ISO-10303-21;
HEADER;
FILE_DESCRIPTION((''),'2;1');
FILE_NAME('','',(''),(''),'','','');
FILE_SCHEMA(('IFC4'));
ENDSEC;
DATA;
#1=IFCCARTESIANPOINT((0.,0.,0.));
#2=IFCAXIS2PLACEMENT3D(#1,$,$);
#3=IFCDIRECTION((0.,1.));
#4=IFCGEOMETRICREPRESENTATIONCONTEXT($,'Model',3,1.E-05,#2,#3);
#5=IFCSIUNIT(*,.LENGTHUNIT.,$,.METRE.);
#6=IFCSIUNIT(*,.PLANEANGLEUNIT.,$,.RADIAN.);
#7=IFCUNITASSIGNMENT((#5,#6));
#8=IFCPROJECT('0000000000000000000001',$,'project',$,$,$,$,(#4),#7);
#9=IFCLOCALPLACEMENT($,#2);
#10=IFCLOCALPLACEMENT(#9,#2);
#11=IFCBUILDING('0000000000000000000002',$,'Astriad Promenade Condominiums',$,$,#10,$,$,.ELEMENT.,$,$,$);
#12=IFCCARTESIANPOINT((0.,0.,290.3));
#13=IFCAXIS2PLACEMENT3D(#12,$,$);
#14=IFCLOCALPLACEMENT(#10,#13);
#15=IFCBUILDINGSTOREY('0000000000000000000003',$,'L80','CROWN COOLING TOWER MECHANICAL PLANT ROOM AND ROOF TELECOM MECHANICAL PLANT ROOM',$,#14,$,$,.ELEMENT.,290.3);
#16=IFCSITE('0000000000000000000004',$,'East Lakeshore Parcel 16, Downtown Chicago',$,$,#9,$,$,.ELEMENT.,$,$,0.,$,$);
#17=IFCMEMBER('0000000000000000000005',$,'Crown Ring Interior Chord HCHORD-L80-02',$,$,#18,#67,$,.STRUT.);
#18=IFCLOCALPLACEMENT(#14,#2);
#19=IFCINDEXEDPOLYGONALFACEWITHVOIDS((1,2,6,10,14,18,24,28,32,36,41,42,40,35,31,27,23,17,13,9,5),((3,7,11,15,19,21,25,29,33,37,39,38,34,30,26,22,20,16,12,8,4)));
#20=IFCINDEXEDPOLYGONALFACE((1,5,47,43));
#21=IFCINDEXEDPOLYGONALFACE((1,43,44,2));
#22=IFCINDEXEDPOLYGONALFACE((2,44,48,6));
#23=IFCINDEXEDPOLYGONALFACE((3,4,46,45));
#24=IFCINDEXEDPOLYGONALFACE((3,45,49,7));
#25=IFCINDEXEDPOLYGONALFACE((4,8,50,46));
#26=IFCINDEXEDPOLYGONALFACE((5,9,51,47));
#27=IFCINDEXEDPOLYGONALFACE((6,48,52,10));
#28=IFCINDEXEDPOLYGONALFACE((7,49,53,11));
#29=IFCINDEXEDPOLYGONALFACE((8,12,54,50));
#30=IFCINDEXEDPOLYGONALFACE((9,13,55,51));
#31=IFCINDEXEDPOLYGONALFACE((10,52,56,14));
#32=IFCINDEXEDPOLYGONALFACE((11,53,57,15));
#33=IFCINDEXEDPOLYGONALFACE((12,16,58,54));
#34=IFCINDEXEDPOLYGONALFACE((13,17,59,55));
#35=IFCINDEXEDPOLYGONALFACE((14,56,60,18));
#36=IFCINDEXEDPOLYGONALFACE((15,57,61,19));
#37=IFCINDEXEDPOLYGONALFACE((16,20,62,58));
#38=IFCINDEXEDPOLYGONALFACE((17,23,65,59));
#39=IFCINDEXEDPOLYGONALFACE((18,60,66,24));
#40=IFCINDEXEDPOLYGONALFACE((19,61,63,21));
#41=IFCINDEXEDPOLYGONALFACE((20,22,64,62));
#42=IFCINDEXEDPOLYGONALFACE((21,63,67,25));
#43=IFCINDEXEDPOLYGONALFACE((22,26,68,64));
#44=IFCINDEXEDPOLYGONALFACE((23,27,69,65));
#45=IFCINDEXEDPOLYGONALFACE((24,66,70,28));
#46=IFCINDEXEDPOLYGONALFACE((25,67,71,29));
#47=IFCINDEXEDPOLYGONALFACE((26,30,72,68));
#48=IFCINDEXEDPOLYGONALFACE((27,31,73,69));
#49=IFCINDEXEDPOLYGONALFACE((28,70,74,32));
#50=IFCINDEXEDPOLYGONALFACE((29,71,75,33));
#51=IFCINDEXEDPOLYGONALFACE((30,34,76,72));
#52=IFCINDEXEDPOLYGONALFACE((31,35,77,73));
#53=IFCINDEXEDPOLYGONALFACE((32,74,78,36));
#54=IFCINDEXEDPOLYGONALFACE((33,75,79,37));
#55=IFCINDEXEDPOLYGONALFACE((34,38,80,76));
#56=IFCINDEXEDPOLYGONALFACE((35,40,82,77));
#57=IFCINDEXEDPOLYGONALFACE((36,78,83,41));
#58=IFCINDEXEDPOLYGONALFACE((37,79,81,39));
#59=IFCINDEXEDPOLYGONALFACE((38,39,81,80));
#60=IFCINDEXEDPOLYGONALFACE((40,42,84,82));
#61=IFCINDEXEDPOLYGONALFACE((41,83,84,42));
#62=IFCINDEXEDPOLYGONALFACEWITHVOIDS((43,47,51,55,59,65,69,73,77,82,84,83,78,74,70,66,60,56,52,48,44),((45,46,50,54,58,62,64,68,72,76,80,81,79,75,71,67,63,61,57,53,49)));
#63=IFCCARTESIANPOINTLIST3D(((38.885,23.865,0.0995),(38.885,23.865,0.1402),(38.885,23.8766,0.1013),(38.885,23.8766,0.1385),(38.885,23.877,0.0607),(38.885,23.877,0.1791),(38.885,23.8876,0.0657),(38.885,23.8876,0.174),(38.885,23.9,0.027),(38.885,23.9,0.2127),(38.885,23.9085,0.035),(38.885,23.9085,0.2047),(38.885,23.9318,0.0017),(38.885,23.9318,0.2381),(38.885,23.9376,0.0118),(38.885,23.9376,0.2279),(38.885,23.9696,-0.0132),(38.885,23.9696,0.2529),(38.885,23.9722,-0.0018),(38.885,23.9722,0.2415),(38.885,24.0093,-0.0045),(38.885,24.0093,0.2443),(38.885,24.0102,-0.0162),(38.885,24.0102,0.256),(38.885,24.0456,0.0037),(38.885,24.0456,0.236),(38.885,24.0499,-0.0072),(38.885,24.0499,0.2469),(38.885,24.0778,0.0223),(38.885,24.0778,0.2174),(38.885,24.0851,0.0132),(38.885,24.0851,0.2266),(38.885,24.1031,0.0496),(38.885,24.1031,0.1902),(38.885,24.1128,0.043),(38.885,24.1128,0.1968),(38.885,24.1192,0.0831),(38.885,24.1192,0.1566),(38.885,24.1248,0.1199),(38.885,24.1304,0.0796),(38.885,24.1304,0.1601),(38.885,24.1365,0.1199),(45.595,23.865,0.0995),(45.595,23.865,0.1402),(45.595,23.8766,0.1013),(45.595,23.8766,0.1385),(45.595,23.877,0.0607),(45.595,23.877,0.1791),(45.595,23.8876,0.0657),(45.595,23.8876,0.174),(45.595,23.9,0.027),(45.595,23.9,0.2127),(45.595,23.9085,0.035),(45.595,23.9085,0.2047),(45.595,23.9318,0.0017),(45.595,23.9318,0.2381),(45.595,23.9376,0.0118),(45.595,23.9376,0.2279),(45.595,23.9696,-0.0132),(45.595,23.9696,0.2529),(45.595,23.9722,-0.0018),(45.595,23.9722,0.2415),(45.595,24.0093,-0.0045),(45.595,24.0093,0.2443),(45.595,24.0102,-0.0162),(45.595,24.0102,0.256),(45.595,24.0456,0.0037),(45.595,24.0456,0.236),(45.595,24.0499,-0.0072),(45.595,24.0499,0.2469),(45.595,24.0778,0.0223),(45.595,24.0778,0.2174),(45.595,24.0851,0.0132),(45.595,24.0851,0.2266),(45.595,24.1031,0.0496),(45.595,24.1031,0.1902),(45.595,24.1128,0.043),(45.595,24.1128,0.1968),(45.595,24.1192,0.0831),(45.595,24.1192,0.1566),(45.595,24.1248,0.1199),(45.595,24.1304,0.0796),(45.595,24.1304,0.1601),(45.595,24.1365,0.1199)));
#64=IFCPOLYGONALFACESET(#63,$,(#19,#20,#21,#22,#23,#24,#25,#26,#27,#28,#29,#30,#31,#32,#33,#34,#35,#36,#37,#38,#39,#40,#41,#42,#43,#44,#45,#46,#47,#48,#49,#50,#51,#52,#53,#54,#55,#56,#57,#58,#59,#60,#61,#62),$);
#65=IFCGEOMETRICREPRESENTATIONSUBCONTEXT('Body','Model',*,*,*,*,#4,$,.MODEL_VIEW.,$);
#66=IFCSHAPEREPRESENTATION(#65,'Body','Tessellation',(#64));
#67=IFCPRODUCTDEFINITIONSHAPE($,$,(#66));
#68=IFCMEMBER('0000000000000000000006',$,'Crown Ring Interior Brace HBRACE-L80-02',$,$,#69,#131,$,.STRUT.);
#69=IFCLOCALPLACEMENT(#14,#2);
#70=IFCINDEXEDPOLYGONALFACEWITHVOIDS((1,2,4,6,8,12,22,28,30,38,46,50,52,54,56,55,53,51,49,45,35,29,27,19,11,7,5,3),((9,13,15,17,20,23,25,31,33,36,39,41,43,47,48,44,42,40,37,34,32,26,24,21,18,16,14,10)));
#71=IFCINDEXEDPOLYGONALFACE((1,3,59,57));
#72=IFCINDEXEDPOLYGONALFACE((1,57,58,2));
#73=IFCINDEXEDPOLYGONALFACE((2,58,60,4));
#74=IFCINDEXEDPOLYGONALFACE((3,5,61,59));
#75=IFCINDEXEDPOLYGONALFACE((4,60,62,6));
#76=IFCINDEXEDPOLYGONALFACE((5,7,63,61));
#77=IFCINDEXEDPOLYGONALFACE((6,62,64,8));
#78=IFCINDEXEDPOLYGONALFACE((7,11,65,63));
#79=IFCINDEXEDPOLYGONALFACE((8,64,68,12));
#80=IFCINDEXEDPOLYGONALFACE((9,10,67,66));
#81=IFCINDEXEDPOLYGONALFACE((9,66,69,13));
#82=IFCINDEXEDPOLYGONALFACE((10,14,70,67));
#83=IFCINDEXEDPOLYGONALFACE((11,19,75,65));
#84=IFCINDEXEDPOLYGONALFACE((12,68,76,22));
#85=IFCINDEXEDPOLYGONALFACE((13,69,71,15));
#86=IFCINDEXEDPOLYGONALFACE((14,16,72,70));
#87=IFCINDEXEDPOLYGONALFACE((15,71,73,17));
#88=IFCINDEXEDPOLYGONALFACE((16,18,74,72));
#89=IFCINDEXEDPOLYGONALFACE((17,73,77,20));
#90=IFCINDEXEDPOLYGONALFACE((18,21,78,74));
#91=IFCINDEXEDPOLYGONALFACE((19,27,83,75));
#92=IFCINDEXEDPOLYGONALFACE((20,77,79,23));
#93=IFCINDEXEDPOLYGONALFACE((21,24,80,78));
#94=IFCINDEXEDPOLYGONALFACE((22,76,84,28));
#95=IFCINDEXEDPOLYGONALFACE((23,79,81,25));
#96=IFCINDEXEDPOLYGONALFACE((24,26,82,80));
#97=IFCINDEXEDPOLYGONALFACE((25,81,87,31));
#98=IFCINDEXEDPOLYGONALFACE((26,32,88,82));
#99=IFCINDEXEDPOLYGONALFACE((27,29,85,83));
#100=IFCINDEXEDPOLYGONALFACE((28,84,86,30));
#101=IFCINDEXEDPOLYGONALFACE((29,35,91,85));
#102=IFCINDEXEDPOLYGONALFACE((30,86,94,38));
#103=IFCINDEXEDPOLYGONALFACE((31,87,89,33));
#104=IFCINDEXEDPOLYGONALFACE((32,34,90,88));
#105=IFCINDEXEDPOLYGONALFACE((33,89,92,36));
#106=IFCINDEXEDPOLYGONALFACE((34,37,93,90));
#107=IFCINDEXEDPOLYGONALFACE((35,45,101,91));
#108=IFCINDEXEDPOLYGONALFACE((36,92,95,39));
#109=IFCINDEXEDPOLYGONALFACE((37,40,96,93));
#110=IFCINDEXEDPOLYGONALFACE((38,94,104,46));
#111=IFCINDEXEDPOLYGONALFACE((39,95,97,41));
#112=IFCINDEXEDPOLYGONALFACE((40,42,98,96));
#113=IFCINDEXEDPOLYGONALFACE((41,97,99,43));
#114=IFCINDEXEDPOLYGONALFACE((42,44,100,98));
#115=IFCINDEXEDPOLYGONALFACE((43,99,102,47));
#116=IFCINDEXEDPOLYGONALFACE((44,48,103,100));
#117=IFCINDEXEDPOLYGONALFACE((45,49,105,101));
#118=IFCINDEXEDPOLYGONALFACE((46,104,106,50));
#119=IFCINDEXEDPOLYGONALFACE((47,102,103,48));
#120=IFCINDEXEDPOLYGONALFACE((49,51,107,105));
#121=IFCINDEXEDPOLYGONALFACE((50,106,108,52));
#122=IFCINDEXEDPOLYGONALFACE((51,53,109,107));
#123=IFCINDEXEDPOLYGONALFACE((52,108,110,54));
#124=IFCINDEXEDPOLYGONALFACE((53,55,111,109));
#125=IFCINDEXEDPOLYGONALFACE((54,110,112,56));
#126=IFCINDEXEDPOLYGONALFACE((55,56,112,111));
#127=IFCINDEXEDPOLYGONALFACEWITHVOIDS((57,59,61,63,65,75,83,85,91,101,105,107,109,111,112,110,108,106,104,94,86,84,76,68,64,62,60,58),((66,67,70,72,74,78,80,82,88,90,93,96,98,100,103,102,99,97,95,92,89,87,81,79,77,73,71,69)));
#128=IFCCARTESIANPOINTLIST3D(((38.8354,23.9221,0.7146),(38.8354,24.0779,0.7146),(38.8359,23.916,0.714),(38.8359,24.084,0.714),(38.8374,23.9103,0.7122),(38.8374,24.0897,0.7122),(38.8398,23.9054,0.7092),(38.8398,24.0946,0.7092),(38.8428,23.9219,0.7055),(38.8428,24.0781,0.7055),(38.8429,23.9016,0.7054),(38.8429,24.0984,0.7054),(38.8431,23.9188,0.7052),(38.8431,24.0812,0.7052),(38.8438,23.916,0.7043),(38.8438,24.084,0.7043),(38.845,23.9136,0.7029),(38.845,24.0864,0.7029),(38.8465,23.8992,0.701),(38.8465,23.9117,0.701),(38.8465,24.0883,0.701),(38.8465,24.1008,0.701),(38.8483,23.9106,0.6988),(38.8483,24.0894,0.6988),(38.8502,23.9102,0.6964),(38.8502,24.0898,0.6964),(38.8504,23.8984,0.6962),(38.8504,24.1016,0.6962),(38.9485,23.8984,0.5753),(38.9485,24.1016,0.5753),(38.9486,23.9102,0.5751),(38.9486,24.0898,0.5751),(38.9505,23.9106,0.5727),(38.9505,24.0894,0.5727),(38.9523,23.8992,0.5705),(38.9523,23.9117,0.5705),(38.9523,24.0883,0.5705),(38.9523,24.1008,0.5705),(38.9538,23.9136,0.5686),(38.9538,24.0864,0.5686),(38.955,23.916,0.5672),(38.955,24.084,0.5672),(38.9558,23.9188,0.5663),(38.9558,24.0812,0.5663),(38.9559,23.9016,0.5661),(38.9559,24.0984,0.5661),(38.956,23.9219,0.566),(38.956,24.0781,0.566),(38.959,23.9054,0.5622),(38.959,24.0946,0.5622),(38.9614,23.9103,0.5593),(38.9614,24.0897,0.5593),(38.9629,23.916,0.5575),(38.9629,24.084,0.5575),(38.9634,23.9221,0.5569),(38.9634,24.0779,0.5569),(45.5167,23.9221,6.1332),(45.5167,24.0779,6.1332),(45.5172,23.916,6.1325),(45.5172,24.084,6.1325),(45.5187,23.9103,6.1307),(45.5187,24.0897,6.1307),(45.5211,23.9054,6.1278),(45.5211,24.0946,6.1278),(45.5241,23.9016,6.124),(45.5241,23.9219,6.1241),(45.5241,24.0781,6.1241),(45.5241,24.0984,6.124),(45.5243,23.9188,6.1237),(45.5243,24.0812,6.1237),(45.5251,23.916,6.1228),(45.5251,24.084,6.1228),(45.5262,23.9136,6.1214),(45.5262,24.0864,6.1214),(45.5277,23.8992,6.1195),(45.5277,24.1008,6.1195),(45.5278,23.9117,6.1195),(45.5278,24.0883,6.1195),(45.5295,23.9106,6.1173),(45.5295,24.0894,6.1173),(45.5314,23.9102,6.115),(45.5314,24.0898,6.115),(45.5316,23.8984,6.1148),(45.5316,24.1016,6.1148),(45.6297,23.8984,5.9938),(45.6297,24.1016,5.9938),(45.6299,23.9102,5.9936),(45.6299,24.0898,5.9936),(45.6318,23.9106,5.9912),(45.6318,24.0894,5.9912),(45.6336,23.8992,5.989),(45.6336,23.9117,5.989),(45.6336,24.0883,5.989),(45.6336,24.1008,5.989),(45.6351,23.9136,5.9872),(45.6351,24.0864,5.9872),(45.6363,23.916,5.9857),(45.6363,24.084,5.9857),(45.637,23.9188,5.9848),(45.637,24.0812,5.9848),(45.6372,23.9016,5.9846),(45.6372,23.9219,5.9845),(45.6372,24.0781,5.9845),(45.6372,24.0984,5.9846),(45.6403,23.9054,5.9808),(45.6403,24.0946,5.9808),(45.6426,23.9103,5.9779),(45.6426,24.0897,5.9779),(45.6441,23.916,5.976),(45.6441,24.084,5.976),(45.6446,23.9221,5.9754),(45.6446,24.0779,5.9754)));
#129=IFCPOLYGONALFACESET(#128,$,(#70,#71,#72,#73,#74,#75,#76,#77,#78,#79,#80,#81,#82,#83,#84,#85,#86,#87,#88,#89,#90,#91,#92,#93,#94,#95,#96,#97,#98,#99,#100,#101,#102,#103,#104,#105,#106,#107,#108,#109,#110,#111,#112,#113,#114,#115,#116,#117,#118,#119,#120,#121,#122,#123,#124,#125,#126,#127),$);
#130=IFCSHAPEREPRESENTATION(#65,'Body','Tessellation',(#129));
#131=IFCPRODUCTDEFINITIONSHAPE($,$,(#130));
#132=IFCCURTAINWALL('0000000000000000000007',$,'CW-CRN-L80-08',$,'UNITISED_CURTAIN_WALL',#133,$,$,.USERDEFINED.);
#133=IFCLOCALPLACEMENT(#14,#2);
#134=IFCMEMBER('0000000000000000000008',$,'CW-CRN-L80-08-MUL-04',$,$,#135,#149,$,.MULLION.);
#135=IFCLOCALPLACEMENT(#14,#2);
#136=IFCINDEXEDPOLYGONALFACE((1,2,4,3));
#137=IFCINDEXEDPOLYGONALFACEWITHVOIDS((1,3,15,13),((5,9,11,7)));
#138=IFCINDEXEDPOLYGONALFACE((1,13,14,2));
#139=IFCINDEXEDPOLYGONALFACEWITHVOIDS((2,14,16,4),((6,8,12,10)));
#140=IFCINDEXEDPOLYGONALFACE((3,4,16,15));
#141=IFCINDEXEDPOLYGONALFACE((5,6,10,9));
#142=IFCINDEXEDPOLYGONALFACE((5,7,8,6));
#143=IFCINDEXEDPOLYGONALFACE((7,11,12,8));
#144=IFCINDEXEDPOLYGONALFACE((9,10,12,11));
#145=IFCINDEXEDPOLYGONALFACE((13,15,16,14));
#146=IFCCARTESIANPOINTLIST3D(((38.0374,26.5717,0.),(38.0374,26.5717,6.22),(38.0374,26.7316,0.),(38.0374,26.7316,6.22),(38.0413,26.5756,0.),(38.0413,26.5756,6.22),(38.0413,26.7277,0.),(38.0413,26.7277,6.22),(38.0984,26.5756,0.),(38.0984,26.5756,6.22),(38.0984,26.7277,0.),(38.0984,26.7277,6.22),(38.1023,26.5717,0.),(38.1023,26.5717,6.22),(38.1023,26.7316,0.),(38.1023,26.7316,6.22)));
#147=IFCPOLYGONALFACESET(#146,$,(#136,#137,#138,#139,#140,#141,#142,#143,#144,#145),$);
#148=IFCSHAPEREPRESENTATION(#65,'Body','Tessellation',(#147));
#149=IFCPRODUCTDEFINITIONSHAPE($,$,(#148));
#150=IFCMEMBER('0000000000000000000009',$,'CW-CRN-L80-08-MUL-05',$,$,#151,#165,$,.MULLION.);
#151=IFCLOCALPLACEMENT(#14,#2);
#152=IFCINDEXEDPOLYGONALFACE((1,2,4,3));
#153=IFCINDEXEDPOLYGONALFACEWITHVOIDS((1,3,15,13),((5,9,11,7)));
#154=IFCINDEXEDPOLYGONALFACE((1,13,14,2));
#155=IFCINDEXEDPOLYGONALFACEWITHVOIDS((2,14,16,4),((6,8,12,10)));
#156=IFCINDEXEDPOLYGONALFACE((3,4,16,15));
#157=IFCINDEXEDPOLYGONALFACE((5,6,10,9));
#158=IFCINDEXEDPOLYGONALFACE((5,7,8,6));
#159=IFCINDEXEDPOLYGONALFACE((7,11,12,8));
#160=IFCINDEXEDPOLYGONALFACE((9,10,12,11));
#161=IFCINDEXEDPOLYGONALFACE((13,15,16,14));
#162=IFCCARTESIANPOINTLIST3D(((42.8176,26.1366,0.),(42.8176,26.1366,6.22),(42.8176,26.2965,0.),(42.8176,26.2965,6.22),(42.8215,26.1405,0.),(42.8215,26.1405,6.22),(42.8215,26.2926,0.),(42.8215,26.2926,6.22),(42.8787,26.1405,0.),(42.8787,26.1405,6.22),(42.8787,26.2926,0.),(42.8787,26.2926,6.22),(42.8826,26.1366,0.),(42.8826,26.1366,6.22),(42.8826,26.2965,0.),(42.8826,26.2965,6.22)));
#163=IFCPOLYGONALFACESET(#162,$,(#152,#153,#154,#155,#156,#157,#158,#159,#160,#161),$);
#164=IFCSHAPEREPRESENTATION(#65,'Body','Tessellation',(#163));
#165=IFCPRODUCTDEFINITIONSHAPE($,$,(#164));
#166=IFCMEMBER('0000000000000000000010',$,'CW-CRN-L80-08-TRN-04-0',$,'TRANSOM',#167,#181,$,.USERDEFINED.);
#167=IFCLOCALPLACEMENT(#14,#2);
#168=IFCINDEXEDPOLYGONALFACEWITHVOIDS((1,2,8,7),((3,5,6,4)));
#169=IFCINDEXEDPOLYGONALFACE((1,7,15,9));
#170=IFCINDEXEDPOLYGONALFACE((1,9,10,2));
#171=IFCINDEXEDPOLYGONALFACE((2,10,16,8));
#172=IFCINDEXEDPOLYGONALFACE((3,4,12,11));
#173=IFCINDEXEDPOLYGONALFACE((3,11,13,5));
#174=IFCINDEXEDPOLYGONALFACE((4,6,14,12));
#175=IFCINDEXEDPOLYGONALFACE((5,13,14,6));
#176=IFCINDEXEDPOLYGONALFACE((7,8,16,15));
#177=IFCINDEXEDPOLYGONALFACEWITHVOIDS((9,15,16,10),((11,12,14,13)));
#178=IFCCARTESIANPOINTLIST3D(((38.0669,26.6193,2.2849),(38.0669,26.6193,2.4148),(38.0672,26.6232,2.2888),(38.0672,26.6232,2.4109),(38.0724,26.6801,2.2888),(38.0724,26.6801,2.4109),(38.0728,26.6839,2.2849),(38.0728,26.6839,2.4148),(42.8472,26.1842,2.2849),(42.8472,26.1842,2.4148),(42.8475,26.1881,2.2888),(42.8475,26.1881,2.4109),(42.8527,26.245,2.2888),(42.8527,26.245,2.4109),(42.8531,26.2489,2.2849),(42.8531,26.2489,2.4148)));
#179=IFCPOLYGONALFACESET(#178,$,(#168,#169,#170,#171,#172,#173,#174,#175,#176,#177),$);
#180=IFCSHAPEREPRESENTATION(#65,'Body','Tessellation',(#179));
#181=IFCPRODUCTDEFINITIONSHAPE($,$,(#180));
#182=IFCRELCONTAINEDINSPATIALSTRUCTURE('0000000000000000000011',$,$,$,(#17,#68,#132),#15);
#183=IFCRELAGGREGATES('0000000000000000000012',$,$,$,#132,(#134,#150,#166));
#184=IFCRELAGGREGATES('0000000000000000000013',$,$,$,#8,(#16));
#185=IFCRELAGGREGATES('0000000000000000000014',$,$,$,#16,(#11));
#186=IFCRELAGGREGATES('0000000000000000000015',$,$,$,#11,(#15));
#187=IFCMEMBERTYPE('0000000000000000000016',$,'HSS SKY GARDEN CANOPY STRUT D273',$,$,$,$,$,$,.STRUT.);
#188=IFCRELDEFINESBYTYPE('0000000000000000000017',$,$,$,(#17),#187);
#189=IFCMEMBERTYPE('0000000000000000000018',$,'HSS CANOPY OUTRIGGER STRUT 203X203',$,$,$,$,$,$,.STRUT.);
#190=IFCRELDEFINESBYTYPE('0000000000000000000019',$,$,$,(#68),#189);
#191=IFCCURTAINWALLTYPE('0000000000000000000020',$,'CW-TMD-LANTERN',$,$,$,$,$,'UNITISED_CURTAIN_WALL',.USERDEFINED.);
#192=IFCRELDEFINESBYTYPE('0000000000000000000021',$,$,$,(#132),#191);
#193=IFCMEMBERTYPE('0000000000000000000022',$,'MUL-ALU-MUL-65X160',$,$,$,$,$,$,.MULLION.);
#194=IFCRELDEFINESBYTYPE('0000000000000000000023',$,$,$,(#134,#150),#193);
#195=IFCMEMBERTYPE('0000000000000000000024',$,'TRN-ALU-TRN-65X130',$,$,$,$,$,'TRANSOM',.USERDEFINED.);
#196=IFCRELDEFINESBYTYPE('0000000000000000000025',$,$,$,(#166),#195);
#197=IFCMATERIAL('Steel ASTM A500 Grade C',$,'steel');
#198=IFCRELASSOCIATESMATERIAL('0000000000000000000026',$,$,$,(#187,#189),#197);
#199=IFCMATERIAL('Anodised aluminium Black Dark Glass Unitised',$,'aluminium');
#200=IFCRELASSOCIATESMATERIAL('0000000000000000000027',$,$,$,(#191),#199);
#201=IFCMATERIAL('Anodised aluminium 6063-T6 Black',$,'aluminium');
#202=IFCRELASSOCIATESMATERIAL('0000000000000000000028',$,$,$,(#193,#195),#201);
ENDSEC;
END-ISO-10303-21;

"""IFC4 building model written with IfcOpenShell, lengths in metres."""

from ifc_helpers import new_model, si_unit, direction, frame, origin, origin_2d, place, context, subcontext, project, spatial, hollow_rectangle, hollow_circle, extrude, source, transform, mapped, material, material_profile, profile_set, type_object, type_shapes, element, aggregate, save


model = new_model("IFC4")

# Units and contexts
model_context = context("Model", 3, precision=1e-05, world=origin(), true_north=direction((0.0, 1.0)))
body_context = subcontext(model_context, "Body", "Model", "MODEL_VIEW")
ifc_project = project(units=[si_unit("LENGTHUNIT", "METRE"), si_unit("PLANEANGLEUNIT", "RADIAN")], contexts=[model_context])

# Site, building, storey
site_placement = place(None, origin())
site = spatial("IfcSite", under=ifc_project, at=site_placement, Name="East Lakeshore Parcel 16, Downtown Chicago", CompositionType="ELEMENT", RefElevation=0.0)
building_placement = place(site_placement, origin())
building = spatial("IfcBuilding", under=site, at=building_placement, Name="Astriad Promenade Condominiums", CompositionType="ELEMENT")
storey_placement = place(building_placement, frame((0.0, 0.0, 290.3)))
storey = spatial("IfcBuildingStorey", under=building, at=storey_placement, Name="L80", Description="CROWN COOLING TOWER MECHANICAL PLANT ROOM AND ROOF TELECOM MECHANICAL PLANT ROOM", CompositionType="ELEMENT", Elevation=290.3)

# Members
ifc_material_1 = material(Name="Steel ASTM A500 Grade C", Category="steel")
ifc_material_profile_1 = material_profile(ifc_material_1, hollow_circle(Radius=0.1365, WallThickness=0.0117, at=origin_2d()), Name="HSS273.1X12.7")
ifc_profile_set_1 = profile_set([ifc_material_profile_1], Name="Steel ASTM A500 Grade C")
member_type_1 = type_object("IfcMemberType", Name="HSS SKY GARDEN CANOPY STRUT D273", PredefinedType="STRUT", material=ifc_profile_set_1)
shared_shape_1 = source(origin(), body_context, "Body", "SweptSolid", [
    extrude(hollow_circle(Radius=0.1365, WallThickness=0.0117, at=origin_2d()), origin(), (0.0, 0.0, 1.0), 6.71),
])
type_shapes(member_type_1, [shared_shape_1])
member_1_placement = place(storey_placement, frame((38.885, 24.0, 0.1199), z_axis=(1.0, 0.0, 0.0), x_axis=(0.0, 1.0, 0.0)))
element("IfcMember", 1, at=member_1_placement, inside=storey, type_object=member_type_1, Name="Crown Ring Interior Chord HCHORD-L80-02", PredefinedType="STRUT", context=body_context, shape_type="MappedRepresentation", body=[
    mapped(shared_shape_1, transform((0.0, 0.0, 0.0), scale=1.0)),
])
ifc_material_profile_2 = material_profile(ifc_material_1, hollow_rectangle(XDim=0.2031, YDim=0.2031, WallThickness=0.0117, InnerFilletRadius=0.0117, OuterFilletRadius=0.0237, at=origin_2d()), Name="HSS203X203X12.7")
ifc_profile_set_2 = profile_set([ifc_material_profile_2], Name="Steel ASTM A500 Grade C")
member_type_2 = type_object("IfcMemberType", Name="HSS CANOPY OUTRIGGER STRUT 203X203", PredefinedType="STRUT", material=ifc_profile_set_2)
shared_shape_2 = source(origin(), body_context, "Body", "SweptSolid", [
    extrude(hollow_rectangle(XDim=0.2031, YDim=0.2031, WallThickness=0.0117, InnerFilletRadius=0.0117, OuterFilletRadius=0.0237, at=origin_2d()), origin(), (0.0, 0.0, 1.0), 8.6023),
])
type_shapes(member_type_2, [shared_shape_2])
member_2_placement = place(storey_placement, frame((38.8994, 24.0, 0.6357), z_axis=(0.776681, 0.0, 0.629894), x_axis=(0.0, 1.0, 0.0)))
element("IfcMember", 2, at=member_2_placement, inside=storey, type_object=member_type_2, Name="Crown Ring Interior Brace HBRACE-L80-02", PredefinedType="STRUT", context=body_context, shape_type="MappedRepresentation", body=[
    mapped(shared_shape_2, transform((0.0, 0.0, 0.0), scale=1.0)),
])

# Curtain wall, members
ifc_material_2 = material(Name="Anodised aluminium Black Dark Glass Unitised", Category="aluminium")
curtain_wall_type = type_object("IfcCurtainWallType", Name="CW-TMD-LANTERN", ElementType="UNITISED_CURTAIN_WALL", PredefinedType="USERDEFINED", material=ifc_material_2)
curtain_wall_placement = place(storey_placement, origin())
curtain_wall = element("IfcCurtainWall", 3, at=curtain_wall_placement, inside=storey, type_object=curtain_wall_type, Name="CW-CRN-L80-08", ObjectType="UNITISED_CURTAIN_WALL", PredefinedType="USERDEFINED")
ifc_material_3 = material(Name="Anodised aluminium 6063-T6 Black", Category="aluminium")
ifc_material_profile_3 = material_profile(ifc_material_3, hollow_rectangle(XDim=0.0649, YDim=0.1599, WallThickness=0.0039, at=origin_2d()), Name="ALU-MUL-65X160")
ifc_profile_set_3 = profile_set([ifc_material_profile_3], Name="Anodised aluminium 6063-T6 Black")
member_type_3 = type_object("IfcMemberType", Name="MUL-ALU-MUL-65X160", PredefinedType="MULLION", material=ifc_profile_set_3)
shared_shape_3 = source(origin(), body_context, "Body", "SweptSolid", [
    extrude(hollow_rectangle(XDim=0.0649, YDim=0.1599, WallThickness=0.0039, at=origin_2d()), origin(), (0.0, 0.0, 1.0), 6.22),
])
type_shapes(member_type_3, [shared_shape_3])
member_3_placement = place(storey_placement, frame((38.0698, 26.6516, 0.0), z_axis=(0.0, 0.0, 1.0), x_axis=(1.0, 0.0, 0.0)))
member_3 = element("IfcMember", 4, at=member_3_placement, type_object=member_type_3, Name="CW-CRN-L80-08-MUL-04", PredefinedType="MULLION", context=body_context, shape_type="MappedRepresentation", body=[
    mapped(shared_shape_3, transform((0.0, 0.0, 0.0), scale=1.0)),
])
member_4_placement = place(storey_placement, frame((42.8501, 26.2166, 0.0), z_axis=(0.0, 0.0, 1.0), x_axis=(1.0, 0.0, 0.0)))
member_4 = element("IfcMember", 5, at=member_4_placement, type_object=member_type_3, Name="CW-CRN-L80-08-MUL-05", PredefinedType="MULLION", context=body_context, shape_type="MappedRepresentation", body=[
    mapped(shared_shape_3, transform((0.0, 0.0, 0.0), scale=1.0)),
])
ifc_material_profile_4 = material_profile(ifc_material_3, hollow_rectangle(XDim=0.0649, YDim=0.1299, WallThickness=0.0039, at=origin_2d()), Name="ALU-TRN-65X130")
ifc_profile_set_4 = profile_set([ifc_material_profile_4], Name="Anodised aluminium 6063-T6 Black")
member_type_4 = type_object("IfcMemberType", Name="TRN-ALU-TRN-65X130", ElementType="TRANSOM", PredefinedType="USERDEFINED", material=ifc_profile_set_4)
shared_shape_4 = source(origin(), body_context, "Body", "SweptSolid", [
    extrude(hollow_rectangle(XDim=0.0649, YDim=0.1299, WallThickness=0.0039, at=origin_2d()), origin(), (0.0, 0.0, 1.0), 4.8),
])
type_shapes(member_type_4, [shared_shape_4])
member_5_placement = place(storey_placement, frame((38.0698, 26.6516, 2.3499), z_axis=(0.995884, -0.090637, 0.0), x_axis=(0.090637, 0.995884, 0.0)))
member_5 = element("IfcMember", 6, at=member_5_placement, type_object=member_type_4, Name="CW-CRN-L80-08-TRN-04-0", ObjectType="TRANSOM", PredefinedType="USERDEFINED", context=body_context, shape_type="MappedRepresentation", body=[
    mapped(shared_shape_4, transform((0.0, 0.0, 0.0), scale=1.0)),
])

aggregate(curtain_wall, [member_3, member_4, member_5])

save(model, "model.ifc")
